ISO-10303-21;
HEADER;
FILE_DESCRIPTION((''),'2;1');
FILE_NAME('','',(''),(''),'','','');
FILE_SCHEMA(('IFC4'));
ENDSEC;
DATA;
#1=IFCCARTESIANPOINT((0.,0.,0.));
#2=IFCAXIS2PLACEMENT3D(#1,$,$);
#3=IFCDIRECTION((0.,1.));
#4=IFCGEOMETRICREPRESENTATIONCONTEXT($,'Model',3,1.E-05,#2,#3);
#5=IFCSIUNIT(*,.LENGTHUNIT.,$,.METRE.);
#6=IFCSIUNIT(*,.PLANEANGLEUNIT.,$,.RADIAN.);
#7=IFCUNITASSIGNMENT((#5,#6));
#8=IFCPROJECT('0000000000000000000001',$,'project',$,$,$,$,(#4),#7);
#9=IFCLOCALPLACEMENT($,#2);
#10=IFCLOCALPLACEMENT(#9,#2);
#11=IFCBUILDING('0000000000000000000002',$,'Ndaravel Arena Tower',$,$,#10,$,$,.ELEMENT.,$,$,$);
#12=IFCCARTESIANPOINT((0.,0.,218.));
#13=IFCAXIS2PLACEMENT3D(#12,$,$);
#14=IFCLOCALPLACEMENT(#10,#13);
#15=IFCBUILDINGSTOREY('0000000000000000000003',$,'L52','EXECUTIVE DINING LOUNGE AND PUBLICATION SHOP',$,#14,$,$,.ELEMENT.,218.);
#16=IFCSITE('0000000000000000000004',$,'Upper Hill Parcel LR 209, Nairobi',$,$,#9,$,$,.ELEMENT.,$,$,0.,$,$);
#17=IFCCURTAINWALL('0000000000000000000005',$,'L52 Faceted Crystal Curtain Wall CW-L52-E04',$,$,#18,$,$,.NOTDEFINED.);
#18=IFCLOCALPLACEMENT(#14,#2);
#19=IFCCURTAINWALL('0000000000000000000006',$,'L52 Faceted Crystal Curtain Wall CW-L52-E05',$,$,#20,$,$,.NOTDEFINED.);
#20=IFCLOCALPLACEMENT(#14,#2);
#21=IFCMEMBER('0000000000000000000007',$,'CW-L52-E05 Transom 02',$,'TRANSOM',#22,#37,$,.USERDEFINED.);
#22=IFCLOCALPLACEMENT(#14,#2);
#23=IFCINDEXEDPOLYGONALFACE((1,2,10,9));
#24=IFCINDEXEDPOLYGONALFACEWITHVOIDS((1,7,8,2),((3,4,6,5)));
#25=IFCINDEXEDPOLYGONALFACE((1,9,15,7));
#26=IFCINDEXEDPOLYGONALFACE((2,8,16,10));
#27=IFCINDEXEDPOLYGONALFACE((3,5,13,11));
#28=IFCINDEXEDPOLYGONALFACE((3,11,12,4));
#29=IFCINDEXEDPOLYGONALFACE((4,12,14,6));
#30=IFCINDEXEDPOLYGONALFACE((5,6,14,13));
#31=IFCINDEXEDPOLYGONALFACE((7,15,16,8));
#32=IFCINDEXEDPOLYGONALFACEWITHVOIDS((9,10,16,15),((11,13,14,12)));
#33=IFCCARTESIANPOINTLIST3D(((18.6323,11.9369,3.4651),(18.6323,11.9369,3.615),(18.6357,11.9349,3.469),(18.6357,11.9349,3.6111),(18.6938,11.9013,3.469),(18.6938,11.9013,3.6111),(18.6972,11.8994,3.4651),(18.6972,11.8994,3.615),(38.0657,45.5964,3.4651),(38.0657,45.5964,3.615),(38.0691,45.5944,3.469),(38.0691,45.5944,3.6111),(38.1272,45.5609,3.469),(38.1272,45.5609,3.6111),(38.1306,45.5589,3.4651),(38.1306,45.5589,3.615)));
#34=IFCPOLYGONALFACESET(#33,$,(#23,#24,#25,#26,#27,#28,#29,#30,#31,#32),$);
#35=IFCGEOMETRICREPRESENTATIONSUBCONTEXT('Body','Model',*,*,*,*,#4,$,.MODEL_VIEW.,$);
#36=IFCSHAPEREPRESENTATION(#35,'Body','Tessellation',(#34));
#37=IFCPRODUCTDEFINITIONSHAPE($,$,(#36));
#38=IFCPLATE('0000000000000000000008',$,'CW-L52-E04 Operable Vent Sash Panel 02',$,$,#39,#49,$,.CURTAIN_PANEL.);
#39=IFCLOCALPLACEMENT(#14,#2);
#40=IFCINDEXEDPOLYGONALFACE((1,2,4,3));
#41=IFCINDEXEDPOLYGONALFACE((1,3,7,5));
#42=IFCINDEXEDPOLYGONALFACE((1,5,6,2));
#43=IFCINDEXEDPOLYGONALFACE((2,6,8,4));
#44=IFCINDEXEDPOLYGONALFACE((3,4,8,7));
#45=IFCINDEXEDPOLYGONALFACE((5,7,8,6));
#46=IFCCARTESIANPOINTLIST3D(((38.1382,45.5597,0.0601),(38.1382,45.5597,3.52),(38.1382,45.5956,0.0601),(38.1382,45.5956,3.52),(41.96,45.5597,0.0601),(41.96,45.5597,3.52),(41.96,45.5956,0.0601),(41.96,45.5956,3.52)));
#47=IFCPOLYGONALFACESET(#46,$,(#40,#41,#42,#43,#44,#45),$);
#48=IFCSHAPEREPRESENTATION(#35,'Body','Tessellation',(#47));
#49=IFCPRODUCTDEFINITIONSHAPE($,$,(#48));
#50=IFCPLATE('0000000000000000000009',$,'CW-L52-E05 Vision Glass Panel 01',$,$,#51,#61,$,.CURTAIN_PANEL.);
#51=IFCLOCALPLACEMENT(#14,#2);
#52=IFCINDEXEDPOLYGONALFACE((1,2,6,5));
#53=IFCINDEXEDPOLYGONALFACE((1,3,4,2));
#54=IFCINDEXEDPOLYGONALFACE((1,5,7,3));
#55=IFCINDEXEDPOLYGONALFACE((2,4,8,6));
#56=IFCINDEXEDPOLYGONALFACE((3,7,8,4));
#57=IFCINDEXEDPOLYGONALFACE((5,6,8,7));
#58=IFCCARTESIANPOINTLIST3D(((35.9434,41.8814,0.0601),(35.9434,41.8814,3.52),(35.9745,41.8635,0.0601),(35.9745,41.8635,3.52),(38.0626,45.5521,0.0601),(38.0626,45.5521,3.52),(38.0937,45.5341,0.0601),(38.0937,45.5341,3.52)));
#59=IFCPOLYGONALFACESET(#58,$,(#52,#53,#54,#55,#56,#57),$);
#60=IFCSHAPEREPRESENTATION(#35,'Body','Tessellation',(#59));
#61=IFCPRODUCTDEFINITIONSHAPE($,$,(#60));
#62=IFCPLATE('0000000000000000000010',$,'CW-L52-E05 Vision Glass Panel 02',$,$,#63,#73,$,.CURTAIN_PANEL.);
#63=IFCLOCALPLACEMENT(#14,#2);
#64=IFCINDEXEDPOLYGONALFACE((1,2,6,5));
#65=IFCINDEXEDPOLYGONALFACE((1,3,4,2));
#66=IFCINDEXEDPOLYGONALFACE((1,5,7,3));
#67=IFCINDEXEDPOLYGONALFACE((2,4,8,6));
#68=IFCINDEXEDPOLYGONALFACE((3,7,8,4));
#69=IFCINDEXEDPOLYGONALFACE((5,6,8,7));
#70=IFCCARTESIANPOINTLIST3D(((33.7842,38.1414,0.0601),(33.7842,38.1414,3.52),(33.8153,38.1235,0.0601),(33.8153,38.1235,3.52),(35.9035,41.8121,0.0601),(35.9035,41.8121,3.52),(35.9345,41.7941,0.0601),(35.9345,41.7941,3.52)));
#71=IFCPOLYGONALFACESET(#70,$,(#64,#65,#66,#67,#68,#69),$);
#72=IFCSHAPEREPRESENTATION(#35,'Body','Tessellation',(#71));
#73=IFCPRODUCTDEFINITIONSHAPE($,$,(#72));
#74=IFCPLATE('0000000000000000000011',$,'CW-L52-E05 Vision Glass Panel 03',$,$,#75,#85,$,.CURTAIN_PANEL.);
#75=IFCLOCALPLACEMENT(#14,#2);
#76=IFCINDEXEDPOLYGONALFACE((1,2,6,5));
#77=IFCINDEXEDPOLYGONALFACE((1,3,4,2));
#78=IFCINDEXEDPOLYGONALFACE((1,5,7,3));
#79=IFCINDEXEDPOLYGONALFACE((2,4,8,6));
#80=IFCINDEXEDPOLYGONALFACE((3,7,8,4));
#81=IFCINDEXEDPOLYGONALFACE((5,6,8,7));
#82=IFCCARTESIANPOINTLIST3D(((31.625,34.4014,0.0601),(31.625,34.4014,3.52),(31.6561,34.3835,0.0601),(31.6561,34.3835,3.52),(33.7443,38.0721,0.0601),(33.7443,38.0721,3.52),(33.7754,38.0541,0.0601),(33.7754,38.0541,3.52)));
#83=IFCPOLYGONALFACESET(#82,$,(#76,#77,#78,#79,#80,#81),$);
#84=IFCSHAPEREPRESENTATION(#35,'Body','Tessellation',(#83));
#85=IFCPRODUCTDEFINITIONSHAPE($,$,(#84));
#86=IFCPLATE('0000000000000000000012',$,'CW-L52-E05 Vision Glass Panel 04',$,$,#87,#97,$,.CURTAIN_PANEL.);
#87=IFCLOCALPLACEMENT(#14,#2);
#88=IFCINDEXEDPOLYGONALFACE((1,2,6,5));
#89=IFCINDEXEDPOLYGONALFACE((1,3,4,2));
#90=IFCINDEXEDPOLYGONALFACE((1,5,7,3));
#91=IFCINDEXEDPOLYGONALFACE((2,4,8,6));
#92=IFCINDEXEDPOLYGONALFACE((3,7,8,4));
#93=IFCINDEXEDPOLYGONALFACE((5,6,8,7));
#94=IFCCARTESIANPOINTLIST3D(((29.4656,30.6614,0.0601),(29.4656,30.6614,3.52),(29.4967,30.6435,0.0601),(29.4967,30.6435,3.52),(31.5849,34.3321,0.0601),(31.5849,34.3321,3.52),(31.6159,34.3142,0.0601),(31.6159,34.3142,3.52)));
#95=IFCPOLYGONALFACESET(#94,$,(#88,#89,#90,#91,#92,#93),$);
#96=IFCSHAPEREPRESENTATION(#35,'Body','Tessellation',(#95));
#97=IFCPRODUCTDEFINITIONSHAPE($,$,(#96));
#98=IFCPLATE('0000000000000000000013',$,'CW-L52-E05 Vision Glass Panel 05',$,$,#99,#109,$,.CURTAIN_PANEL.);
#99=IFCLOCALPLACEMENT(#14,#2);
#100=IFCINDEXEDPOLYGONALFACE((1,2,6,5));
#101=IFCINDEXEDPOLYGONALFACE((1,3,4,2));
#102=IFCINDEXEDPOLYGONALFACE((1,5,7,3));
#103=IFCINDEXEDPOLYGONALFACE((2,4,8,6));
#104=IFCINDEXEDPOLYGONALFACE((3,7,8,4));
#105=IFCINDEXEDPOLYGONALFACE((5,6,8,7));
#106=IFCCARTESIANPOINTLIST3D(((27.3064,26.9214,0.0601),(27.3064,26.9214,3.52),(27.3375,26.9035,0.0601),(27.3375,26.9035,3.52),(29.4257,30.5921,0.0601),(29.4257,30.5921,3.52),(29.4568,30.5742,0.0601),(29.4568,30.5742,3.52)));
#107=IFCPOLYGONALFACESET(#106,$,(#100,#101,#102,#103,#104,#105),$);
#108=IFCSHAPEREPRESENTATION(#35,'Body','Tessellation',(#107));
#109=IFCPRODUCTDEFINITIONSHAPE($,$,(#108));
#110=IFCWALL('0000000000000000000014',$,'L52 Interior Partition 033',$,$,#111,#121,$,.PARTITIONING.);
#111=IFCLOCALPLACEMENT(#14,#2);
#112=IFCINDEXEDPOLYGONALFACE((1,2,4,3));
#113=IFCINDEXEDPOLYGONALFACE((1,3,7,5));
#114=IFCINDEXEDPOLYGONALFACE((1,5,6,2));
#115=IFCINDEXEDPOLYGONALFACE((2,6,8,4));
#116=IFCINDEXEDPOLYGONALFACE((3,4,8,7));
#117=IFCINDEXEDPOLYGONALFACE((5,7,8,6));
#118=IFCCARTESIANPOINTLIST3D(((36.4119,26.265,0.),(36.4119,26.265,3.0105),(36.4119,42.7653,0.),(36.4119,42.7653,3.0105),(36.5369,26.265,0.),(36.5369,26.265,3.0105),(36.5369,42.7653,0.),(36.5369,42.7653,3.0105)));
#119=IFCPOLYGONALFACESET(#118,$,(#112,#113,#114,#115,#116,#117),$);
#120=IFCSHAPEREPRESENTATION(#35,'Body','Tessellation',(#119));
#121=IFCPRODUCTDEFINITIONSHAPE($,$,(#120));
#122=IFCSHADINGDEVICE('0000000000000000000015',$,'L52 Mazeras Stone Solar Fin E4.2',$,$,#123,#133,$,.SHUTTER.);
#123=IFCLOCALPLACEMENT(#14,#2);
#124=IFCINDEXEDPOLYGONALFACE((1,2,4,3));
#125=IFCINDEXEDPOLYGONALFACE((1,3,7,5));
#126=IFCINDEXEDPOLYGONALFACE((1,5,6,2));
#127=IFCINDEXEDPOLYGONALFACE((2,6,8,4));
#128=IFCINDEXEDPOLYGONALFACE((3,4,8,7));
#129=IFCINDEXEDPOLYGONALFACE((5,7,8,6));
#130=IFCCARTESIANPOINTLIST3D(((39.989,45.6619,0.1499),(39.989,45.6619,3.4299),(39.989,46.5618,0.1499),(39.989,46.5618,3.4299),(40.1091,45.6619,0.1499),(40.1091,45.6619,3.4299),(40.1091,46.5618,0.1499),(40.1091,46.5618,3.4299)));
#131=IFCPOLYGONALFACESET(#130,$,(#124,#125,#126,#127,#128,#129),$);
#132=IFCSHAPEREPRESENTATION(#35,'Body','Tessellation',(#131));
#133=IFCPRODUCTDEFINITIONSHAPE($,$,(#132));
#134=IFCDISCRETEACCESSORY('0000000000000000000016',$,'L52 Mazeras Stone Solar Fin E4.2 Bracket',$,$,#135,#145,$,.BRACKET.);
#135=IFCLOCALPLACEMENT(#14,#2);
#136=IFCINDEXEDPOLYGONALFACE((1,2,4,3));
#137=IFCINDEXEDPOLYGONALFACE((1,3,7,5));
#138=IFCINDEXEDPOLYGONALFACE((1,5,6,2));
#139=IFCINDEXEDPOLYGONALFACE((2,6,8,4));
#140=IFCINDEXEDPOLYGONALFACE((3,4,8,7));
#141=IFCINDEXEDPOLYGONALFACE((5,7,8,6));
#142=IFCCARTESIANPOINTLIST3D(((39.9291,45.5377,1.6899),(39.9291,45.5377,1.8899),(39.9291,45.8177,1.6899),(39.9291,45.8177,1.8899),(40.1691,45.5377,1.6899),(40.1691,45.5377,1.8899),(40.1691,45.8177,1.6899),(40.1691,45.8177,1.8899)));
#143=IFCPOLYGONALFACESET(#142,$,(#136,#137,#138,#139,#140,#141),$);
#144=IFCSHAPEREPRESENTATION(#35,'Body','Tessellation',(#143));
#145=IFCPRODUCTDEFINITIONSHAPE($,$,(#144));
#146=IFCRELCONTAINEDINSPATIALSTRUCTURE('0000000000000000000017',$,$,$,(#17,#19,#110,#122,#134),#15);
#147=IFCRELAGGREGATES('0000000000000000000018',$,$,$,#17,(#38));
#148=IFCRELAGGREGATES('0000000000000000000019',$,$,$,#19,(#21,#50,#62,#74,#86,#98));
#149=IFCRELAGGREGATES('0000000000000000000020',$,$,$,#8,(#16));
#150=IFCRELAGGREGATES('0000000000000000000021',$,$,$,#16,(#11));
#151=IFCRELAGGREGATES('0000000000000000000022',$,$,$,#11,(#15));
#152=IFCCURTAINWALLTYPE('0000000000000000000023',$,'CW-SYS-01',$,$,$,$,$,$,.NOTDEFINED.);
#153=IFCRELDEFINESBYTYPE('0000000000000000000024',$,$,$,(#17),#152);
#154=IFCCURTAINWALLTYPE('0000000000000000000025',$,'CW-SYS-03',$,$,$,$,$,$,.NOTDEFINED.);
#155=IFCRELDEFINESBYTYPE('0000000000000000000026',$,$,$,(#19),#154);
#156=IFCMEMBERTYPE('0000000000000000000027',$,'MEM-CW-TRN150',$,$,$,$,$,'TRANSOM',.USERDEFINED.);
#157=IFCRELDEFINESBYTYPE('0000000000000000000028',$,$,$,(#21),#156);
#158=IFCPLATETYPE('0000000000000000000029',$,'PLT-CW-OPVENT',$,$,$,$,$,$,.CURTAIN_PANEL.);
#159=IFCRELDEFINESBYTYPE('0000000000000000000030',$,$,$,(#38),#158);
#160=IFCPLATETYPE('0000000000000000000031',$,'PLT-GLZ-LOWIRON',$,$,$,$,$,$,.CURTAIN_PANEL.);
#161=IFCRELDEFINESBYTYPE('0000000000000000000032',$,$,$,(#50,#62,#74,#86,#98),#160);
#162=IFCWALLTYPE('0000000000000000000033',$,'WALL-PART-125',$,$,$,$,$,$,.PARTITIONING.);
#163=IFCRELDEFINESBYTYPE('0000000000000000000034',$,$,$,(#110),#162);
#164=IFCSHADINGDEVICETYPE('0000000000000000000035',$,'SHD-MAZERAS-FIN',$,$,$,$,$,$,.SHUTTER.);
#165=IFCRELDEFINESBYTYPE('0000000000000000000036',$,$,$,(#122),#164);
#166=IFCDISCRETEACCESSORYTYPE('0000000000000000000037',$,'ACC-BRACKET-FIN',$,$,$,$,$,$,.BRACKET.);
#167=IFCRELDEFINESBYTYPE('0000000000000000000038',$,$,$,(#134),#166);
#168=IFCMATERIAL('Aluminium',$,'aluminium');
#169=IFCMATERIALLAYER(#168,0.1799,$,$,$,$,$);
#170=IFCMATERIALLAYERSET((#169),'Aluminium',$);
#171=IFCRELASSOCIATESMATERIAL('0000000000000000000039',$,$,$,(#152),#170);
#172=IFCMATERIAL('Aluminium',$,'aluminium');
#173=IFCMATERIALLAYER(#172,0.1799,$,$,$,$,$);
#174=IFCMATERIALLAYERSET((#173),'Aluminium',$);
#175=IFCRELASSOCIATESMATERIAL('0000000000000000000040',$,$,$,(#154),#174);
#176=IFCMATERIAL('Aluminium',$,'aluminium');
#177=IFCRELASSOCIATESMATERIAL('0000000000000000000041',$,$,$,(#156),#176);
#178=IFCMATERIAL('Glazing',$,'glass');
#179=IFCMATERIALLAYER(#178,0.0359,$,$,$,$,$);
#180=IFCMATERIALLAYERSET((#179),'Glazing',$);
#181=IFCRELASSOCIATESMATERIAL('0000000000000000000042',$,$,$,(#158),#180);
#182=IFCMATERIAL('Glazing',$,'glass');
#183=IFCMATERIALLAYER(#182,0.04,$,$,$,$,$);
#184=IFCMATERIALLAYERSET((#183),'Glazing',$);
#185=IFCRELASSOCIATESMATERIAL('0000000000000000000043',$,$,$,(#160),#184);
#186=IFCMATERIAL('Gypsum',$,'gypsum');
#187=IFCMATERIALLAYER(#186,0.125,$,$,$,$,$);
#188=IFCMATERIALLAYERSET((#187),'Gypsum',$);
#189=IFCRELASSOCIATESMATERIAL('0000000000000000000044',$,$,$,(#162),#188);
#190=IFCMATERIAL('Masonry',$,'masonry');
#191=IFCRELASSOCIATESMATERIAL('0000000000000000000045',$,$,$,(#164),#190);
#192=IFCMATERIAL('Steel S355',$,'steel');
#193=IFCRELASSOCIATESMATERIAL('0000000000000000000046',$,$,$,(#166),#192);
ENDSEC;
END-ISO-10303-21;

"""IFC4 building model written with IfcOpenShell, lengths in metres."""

from ifc_helpers import new_model, si_unit, direction, frame, frame_2d, origin, origin_2d, place, context, subcontext, project, spatial, rectangle, hollow_rectangle, extrude, material, layer, layer_set, material_profile, profile_set, type_object, element, aggregate, save


model = new_model("IFC4")

# Units and contexts
model_context = context("Model", 3, precision=1e-05, world=origin(), true_north=direction((0.0, 1.0)))
body_context = subcontext(model_context, "Body", "Model", "MODEL_VIEW")
ifc_project = project(units=[si_unit("LENGTHUNIT", "METRE"), si_unit("PLANEANGLEUNIT", "RADIAN")], contexts=[model_context])

# Site, building, storey
site_placement = place(None, origin())
site = spatial("IfcSite", under=ifc_project, at=site_placement, Name="Upper Hill Parcel LR 209, Nairobi", CompositionType="ELEMENT", RefElevation=0.0)
building_placement = place(site_placement, origin())
building = spatial("IfcBuilding", under=site, at=building_placement, Name="Ndaravel Arena Tower", CompositionType="ELEMENT")
storey_placement = place(building_placement, frame((0.0, 0.0, 218.0)))
storey = spatial("IfcBuildingStorey", under=building, at=storey_placement, Name="L52", Description="EXECUTIVE DINING LOUNGE AND PUBLICATION SHOP", CompositionType="ELEMENT", Elevation=218.0)

# Curtain wall
ifc_material_1 = material(Name="Aluminium", Category="aluminium")
ifc_layer_1 = layer(ifc_material_1, 0.1799)
ifc_layer_set_1 = layer_set([ifc_layer_1], Name="Aluminium")
curtain_wall_type_1 = type_object("IfcCurtainWallType", Name="CW-SYS-01", PredefinedType="NOTDEFINED", material=ifc_layer_set_1)
curtain_wall_1_placement = place(storey_placement, origin())
curtain_wall_1 = element("IfcCurtainWall", 1, at=curtain_wall_1_placement, inside=storey, type_object=curtain_wall_type_1, Name="L52 Faceted Crystal Curtain Wall CW-L52-E04", PredefinedType="NOTDEFINED")

# Curtain wall, member
ifc_material_2 = material(Name="Aluminium", Category="aluminium")
ifc_layer_2 = layer(ifc_material_2, 0.1799)
ifc_layer_set_2 = layer_set([ifc_layer_2], Name="Aluminium")
curtain_wall_type_2 = type_object("IfcCurtainWallType", Name="CW-SYS-03", PredefinedType="NOTDEFINED", material=ifc_layer_set_2)
curtain_wall_2_placement = place(storey_placement, origin())
curtain_wall_2 = element("IfcCurtainWall", 2, at=curtain_wall_2_placement, inside=storey, type_object=curtain_wall_type_2, Name="L52 Faceted Crystal Curtain Wall CW-L52-E05", PredefinedType="NOTDEFINED")
ifc_material_3 = material(Name="Aluminium", Category="aluminium")
ifc_material_profile_1 = material_profile(ifc_material_3, hollow_rectangle(XDim=0.075, YDim=0.1499, WallThickness=0.0039, at=origin_2d()), Name="CW TRANSOM 75x150x4")
ifc_profile_set_1 = profile_set([ifc_material_profile_1], Name="Aluminium")
member_type_1 = type_object("IfcMemberType", Name="MEM-CW-TRN150", ElementType="TRANSOM", PredefinedType="USERDEFINED", material=ifc_profile_set_1)
member_1_placement = place(storey_placement, frame((38.0981, 45.5776, 3.54), z_axis=(-0.500001, -0.866025, 0.0), x_axis=(0.866025, -0.500001, 0.0)))
member_1 = element("IfcMember", 3, at=member_1_placement, type_object=member_type_1, Name="CW-L52-E05 Transom 02", ObjectType="TRANSOM", PredefinedType="USERDEFINED", context=body_context, shape_type="SweptSolid", body=[
    extrude(hollow_rectangle(XDim=0.075, YDim=0.1499, WallThickness=0.0039, at=origin_2d()), origin(), (0.0, 0.0, 1.0), 38.8667),
])

# Plates
ifc_material_4 = material(Name="Glazing", Category="glass")
ifc_layer_3 = layer(ifc_material_4, 0.0359)
ifc_layer_set_3 = layer_set([ifc_layer_3], Name="Glazing")
plate_type_1 = type_object("IfcPlateType", Name="PLT-CW-OPVENT", PredefinedType="CURTAIN_PANEL", material=ifc_layer_set_3)
plate_1_placement = place(storey_placement, frame((40.0491, 45.5776, 0.0601), z_axis=(0.0, 0.0, 1.0), x_axis=(-1.0, 0.0, 0.0)))
plate_1 = element("IfcPlate", 4, at=plate_1_placement, type_object=plate_type_1, Name="CW-L52-E04 Operable Vent Sash Panel 02", PredefinedType="CURTAIN_PANEL", context=body_context, shape_type="SweptSolid", body=[
    extrude(rectangle(XDim=3.8218, YDim=0.0359, at=origin_2d()), origin(), (0.0, 0.0, 1.0), 3.46),
])
aggregate(curtain_wall_1, [plate_1])
ifc_material_5 = material(Name="Glazing", Category="glass")
ifc_layer_4 = layer(ifc_material_5, 0.04)
ifc_layer_set_4 = layer_set([ifc_layer_4], Name="Glazing")
plate_type_2 = type_object("IfcPlateType", Name="PLT-GLZ-LOWIRON", PredefinedType="CURTAIN_PANEL", material=ifc_layer_set_4)
plate_2_placement = place(storey_placement, frame((37.0186, 43.7078, 0.0601), z_axis=(0.0, 0.0, 1.0), x_axis=(-0.5, -0.866025, 0.0)))
plate_2 = element("IfcPlate", 5, at=plate_2_placement, type_object=plate_type_2, Name="CW-L52-E05 Vision Glass Panel 01", PredefinedType="CURTAIN_PANEL", context=body_context, shape_type="SweptSolid", body=[
    extrude(rectangle(XDim=4.2385, YDim=0.0359, at=origin_2d()), origin(), (0.0, 0.0, 1.0), 3.46),
])
plate_3_placement = place(storey_placement, frame((34.8594, 39.9678, 0.0601), z_axis=(0.0, 0.0, 1.0), x_axis=(-0.5, -0.866025, 0.0)))
plate_3 = element("IfcPlate", 6, at=plate_3_placement, type_object=plate_type_2, Name="CW-L52-E05 Vision Glass Panel 02", PredefinedType="CURTAIN_PANEL", context=body_context, shape_type="SweptSolid", body=[
    extrude(rectangle(XDim=4.2385, YDim=0.0359, at=origin_2d()), origin(), (0.0, 0.0, 1.0), 3.46),
])
plate_4_placement = place(storey_placement, frame((32.7002, 36.2278, 0.0601), z_axis=(0.0, 0.0, 1.0), x_axis=(-0.5, -0.866025, 0.0)))
plate_4 = element("IfcPlate", 7, at=plate_4_placement, type_object=plate_type_2, Name="CW-L52-E05 Vision Glass Panel 03", PredefinedType="CURTAIN_PANEL", context=body_context, shape_type="SweptSolid", body=[
    extrude(rectangle(XDim=4.2385, YDim=0.0359, at=origin_2d()), origin(), (0.0, 0.0, 1.0), 3.46),
])
plate_5_placement = place(storey_placement, frame((30.5408, 32.4878, 0.0601), z_axis=(0.0, 0.0, 1.0), x_axis=(-0.5, -0.866025, 0.0)))
plate_5 = element("IfcPlate", 8, at=plate_5_placement, type_object=plate_type_2, Name="CW-L52-E05 Vision Glass Panel 04", PredefinedType="CURTAIN_PANEL", context=body_context, shape_type="SweptSolid", body=[
    extrude(rectangle(XDim=4.2385, YDim=0.0359, at=origin_2d()), origin(), (0.0, 0.0, 1.0), 3.46),
])
plate_6_placement = place(storey_placement, frame((28.3816, 28.7478, 0.0601), z_axis=(0.0, 0.0, 1.0), x_axis=(-0.5, -0.866025, 0.0)))
plate_6 = element("IfcPlate", 9, at=plate_6_placement, type_object=plate_type_2, Name="CW-L52-E05 Vision Glass Panel 05", PredefinedType="CURTAIN_PANEL", context=body_context, shape_type="SweptSolid", body=[
    extrude(rectangle(XDim=4.2385, YDim=0.0359, at=origin_2d()), origin(), (0.0, 0.0, 1.0), 3.46),
])
aggregate(curtain_wall_2, [member_1, plate_2, plate_3, plate_4, plate_5, plate_6])

# Wall
ifc_material_6 = material(Name="Gypsum", Category="gypsum")
ifc_layer_5 = layer(ifc_material_6, 0.125)
ifc_layer_set_5 = layer_set([ifc_layer_5], Name="Gypsum")
wall_type = type_object("IfcWallType", Name="WALL-PART-125", PredefinedType="PARTITIONING", material=ifc_layer_set_5)
wall_placement = place(storey_placement, frame((36.4744, 42.7651, 0.0), z_axis=(0.0, 0.0, 1.0), x_axis=(0.0, -1.0, 0.0)))
element("IfcWall", 10, at=wall_placement, inside=storey, type_object=wall_type, Name="L52 Interior Partition 033", PredefinedType="PARTITIONING", context=body_context, shape_type="SweptSolid", body=[
    extrude(rectangle(XDim=16.5002, YDim=0.125, at=frame_2d((8.25, 0.0))), origin(), (0.0, 0.0, 1.0), 3.0105),
])

# Shading device
ifc_material_7 = material(Name="Masonry", Category="masonry")
shading_device_type = type_object("IfcShadingDeviceType", Name="SHD-MAZERAS-FIN", PredefinedType="SHUTTER", material=ifc_material_7)
shading_device_placement = place(storey_placement, frame((40.0491, 46.1118, 0.1499), z_axis=(0.0, 0.0, 1.0), x_axis=(0.0, 1.0, 0.0)))
element("IfcShadingDevice", 11, at=shading_device_placement, inside=storey, type_object=shading_device_type, Name="L52 Mazeras Stone Solar Fin E4.2", PredefinedType="SHUTTER", context=body_context, shape_type="SweptSolid", body=[
    extrude(rectangle(XDim=0.8999, YDim=0.1201, at=origin_2d()), origin(), (0.0, 0.0, 1.0), 3.28),
])

# Discrete accessory
ifc_material_8 = material(Name="Steel S355", Category="steel")
discrete_accessory_type = type_object("IfcDiscreteAccessoryType", Name="ACC-BRACKET-FIN", PredefinedType="BRACKET", material=ifc_material_8)
discrete_accessory_placement = place(storey_placement, frame((40.0491, 45.6777, 1.6899), z_axis=(0.0, 0.0, 1.0), x_axis=(0.0, 1.0, 0.0)))
element("IfcDiscreteAccessory", 12, at=discrete_accessory_placement, inside=storey, type_object=discrete_accessory_type, Name="L52 Mazeras Stone Solar Fin E4.2 Bracket", PredefinedType="BRACKET", context=body_context, shape_type="SweptSolid", body=[
    extrude(rectangle(XDim=0.28, YDim=0.24, at=origin_2d()), origin(), (0.0, 0.0, 1.0), 0.2),
])

save(model, "model.ifc")
